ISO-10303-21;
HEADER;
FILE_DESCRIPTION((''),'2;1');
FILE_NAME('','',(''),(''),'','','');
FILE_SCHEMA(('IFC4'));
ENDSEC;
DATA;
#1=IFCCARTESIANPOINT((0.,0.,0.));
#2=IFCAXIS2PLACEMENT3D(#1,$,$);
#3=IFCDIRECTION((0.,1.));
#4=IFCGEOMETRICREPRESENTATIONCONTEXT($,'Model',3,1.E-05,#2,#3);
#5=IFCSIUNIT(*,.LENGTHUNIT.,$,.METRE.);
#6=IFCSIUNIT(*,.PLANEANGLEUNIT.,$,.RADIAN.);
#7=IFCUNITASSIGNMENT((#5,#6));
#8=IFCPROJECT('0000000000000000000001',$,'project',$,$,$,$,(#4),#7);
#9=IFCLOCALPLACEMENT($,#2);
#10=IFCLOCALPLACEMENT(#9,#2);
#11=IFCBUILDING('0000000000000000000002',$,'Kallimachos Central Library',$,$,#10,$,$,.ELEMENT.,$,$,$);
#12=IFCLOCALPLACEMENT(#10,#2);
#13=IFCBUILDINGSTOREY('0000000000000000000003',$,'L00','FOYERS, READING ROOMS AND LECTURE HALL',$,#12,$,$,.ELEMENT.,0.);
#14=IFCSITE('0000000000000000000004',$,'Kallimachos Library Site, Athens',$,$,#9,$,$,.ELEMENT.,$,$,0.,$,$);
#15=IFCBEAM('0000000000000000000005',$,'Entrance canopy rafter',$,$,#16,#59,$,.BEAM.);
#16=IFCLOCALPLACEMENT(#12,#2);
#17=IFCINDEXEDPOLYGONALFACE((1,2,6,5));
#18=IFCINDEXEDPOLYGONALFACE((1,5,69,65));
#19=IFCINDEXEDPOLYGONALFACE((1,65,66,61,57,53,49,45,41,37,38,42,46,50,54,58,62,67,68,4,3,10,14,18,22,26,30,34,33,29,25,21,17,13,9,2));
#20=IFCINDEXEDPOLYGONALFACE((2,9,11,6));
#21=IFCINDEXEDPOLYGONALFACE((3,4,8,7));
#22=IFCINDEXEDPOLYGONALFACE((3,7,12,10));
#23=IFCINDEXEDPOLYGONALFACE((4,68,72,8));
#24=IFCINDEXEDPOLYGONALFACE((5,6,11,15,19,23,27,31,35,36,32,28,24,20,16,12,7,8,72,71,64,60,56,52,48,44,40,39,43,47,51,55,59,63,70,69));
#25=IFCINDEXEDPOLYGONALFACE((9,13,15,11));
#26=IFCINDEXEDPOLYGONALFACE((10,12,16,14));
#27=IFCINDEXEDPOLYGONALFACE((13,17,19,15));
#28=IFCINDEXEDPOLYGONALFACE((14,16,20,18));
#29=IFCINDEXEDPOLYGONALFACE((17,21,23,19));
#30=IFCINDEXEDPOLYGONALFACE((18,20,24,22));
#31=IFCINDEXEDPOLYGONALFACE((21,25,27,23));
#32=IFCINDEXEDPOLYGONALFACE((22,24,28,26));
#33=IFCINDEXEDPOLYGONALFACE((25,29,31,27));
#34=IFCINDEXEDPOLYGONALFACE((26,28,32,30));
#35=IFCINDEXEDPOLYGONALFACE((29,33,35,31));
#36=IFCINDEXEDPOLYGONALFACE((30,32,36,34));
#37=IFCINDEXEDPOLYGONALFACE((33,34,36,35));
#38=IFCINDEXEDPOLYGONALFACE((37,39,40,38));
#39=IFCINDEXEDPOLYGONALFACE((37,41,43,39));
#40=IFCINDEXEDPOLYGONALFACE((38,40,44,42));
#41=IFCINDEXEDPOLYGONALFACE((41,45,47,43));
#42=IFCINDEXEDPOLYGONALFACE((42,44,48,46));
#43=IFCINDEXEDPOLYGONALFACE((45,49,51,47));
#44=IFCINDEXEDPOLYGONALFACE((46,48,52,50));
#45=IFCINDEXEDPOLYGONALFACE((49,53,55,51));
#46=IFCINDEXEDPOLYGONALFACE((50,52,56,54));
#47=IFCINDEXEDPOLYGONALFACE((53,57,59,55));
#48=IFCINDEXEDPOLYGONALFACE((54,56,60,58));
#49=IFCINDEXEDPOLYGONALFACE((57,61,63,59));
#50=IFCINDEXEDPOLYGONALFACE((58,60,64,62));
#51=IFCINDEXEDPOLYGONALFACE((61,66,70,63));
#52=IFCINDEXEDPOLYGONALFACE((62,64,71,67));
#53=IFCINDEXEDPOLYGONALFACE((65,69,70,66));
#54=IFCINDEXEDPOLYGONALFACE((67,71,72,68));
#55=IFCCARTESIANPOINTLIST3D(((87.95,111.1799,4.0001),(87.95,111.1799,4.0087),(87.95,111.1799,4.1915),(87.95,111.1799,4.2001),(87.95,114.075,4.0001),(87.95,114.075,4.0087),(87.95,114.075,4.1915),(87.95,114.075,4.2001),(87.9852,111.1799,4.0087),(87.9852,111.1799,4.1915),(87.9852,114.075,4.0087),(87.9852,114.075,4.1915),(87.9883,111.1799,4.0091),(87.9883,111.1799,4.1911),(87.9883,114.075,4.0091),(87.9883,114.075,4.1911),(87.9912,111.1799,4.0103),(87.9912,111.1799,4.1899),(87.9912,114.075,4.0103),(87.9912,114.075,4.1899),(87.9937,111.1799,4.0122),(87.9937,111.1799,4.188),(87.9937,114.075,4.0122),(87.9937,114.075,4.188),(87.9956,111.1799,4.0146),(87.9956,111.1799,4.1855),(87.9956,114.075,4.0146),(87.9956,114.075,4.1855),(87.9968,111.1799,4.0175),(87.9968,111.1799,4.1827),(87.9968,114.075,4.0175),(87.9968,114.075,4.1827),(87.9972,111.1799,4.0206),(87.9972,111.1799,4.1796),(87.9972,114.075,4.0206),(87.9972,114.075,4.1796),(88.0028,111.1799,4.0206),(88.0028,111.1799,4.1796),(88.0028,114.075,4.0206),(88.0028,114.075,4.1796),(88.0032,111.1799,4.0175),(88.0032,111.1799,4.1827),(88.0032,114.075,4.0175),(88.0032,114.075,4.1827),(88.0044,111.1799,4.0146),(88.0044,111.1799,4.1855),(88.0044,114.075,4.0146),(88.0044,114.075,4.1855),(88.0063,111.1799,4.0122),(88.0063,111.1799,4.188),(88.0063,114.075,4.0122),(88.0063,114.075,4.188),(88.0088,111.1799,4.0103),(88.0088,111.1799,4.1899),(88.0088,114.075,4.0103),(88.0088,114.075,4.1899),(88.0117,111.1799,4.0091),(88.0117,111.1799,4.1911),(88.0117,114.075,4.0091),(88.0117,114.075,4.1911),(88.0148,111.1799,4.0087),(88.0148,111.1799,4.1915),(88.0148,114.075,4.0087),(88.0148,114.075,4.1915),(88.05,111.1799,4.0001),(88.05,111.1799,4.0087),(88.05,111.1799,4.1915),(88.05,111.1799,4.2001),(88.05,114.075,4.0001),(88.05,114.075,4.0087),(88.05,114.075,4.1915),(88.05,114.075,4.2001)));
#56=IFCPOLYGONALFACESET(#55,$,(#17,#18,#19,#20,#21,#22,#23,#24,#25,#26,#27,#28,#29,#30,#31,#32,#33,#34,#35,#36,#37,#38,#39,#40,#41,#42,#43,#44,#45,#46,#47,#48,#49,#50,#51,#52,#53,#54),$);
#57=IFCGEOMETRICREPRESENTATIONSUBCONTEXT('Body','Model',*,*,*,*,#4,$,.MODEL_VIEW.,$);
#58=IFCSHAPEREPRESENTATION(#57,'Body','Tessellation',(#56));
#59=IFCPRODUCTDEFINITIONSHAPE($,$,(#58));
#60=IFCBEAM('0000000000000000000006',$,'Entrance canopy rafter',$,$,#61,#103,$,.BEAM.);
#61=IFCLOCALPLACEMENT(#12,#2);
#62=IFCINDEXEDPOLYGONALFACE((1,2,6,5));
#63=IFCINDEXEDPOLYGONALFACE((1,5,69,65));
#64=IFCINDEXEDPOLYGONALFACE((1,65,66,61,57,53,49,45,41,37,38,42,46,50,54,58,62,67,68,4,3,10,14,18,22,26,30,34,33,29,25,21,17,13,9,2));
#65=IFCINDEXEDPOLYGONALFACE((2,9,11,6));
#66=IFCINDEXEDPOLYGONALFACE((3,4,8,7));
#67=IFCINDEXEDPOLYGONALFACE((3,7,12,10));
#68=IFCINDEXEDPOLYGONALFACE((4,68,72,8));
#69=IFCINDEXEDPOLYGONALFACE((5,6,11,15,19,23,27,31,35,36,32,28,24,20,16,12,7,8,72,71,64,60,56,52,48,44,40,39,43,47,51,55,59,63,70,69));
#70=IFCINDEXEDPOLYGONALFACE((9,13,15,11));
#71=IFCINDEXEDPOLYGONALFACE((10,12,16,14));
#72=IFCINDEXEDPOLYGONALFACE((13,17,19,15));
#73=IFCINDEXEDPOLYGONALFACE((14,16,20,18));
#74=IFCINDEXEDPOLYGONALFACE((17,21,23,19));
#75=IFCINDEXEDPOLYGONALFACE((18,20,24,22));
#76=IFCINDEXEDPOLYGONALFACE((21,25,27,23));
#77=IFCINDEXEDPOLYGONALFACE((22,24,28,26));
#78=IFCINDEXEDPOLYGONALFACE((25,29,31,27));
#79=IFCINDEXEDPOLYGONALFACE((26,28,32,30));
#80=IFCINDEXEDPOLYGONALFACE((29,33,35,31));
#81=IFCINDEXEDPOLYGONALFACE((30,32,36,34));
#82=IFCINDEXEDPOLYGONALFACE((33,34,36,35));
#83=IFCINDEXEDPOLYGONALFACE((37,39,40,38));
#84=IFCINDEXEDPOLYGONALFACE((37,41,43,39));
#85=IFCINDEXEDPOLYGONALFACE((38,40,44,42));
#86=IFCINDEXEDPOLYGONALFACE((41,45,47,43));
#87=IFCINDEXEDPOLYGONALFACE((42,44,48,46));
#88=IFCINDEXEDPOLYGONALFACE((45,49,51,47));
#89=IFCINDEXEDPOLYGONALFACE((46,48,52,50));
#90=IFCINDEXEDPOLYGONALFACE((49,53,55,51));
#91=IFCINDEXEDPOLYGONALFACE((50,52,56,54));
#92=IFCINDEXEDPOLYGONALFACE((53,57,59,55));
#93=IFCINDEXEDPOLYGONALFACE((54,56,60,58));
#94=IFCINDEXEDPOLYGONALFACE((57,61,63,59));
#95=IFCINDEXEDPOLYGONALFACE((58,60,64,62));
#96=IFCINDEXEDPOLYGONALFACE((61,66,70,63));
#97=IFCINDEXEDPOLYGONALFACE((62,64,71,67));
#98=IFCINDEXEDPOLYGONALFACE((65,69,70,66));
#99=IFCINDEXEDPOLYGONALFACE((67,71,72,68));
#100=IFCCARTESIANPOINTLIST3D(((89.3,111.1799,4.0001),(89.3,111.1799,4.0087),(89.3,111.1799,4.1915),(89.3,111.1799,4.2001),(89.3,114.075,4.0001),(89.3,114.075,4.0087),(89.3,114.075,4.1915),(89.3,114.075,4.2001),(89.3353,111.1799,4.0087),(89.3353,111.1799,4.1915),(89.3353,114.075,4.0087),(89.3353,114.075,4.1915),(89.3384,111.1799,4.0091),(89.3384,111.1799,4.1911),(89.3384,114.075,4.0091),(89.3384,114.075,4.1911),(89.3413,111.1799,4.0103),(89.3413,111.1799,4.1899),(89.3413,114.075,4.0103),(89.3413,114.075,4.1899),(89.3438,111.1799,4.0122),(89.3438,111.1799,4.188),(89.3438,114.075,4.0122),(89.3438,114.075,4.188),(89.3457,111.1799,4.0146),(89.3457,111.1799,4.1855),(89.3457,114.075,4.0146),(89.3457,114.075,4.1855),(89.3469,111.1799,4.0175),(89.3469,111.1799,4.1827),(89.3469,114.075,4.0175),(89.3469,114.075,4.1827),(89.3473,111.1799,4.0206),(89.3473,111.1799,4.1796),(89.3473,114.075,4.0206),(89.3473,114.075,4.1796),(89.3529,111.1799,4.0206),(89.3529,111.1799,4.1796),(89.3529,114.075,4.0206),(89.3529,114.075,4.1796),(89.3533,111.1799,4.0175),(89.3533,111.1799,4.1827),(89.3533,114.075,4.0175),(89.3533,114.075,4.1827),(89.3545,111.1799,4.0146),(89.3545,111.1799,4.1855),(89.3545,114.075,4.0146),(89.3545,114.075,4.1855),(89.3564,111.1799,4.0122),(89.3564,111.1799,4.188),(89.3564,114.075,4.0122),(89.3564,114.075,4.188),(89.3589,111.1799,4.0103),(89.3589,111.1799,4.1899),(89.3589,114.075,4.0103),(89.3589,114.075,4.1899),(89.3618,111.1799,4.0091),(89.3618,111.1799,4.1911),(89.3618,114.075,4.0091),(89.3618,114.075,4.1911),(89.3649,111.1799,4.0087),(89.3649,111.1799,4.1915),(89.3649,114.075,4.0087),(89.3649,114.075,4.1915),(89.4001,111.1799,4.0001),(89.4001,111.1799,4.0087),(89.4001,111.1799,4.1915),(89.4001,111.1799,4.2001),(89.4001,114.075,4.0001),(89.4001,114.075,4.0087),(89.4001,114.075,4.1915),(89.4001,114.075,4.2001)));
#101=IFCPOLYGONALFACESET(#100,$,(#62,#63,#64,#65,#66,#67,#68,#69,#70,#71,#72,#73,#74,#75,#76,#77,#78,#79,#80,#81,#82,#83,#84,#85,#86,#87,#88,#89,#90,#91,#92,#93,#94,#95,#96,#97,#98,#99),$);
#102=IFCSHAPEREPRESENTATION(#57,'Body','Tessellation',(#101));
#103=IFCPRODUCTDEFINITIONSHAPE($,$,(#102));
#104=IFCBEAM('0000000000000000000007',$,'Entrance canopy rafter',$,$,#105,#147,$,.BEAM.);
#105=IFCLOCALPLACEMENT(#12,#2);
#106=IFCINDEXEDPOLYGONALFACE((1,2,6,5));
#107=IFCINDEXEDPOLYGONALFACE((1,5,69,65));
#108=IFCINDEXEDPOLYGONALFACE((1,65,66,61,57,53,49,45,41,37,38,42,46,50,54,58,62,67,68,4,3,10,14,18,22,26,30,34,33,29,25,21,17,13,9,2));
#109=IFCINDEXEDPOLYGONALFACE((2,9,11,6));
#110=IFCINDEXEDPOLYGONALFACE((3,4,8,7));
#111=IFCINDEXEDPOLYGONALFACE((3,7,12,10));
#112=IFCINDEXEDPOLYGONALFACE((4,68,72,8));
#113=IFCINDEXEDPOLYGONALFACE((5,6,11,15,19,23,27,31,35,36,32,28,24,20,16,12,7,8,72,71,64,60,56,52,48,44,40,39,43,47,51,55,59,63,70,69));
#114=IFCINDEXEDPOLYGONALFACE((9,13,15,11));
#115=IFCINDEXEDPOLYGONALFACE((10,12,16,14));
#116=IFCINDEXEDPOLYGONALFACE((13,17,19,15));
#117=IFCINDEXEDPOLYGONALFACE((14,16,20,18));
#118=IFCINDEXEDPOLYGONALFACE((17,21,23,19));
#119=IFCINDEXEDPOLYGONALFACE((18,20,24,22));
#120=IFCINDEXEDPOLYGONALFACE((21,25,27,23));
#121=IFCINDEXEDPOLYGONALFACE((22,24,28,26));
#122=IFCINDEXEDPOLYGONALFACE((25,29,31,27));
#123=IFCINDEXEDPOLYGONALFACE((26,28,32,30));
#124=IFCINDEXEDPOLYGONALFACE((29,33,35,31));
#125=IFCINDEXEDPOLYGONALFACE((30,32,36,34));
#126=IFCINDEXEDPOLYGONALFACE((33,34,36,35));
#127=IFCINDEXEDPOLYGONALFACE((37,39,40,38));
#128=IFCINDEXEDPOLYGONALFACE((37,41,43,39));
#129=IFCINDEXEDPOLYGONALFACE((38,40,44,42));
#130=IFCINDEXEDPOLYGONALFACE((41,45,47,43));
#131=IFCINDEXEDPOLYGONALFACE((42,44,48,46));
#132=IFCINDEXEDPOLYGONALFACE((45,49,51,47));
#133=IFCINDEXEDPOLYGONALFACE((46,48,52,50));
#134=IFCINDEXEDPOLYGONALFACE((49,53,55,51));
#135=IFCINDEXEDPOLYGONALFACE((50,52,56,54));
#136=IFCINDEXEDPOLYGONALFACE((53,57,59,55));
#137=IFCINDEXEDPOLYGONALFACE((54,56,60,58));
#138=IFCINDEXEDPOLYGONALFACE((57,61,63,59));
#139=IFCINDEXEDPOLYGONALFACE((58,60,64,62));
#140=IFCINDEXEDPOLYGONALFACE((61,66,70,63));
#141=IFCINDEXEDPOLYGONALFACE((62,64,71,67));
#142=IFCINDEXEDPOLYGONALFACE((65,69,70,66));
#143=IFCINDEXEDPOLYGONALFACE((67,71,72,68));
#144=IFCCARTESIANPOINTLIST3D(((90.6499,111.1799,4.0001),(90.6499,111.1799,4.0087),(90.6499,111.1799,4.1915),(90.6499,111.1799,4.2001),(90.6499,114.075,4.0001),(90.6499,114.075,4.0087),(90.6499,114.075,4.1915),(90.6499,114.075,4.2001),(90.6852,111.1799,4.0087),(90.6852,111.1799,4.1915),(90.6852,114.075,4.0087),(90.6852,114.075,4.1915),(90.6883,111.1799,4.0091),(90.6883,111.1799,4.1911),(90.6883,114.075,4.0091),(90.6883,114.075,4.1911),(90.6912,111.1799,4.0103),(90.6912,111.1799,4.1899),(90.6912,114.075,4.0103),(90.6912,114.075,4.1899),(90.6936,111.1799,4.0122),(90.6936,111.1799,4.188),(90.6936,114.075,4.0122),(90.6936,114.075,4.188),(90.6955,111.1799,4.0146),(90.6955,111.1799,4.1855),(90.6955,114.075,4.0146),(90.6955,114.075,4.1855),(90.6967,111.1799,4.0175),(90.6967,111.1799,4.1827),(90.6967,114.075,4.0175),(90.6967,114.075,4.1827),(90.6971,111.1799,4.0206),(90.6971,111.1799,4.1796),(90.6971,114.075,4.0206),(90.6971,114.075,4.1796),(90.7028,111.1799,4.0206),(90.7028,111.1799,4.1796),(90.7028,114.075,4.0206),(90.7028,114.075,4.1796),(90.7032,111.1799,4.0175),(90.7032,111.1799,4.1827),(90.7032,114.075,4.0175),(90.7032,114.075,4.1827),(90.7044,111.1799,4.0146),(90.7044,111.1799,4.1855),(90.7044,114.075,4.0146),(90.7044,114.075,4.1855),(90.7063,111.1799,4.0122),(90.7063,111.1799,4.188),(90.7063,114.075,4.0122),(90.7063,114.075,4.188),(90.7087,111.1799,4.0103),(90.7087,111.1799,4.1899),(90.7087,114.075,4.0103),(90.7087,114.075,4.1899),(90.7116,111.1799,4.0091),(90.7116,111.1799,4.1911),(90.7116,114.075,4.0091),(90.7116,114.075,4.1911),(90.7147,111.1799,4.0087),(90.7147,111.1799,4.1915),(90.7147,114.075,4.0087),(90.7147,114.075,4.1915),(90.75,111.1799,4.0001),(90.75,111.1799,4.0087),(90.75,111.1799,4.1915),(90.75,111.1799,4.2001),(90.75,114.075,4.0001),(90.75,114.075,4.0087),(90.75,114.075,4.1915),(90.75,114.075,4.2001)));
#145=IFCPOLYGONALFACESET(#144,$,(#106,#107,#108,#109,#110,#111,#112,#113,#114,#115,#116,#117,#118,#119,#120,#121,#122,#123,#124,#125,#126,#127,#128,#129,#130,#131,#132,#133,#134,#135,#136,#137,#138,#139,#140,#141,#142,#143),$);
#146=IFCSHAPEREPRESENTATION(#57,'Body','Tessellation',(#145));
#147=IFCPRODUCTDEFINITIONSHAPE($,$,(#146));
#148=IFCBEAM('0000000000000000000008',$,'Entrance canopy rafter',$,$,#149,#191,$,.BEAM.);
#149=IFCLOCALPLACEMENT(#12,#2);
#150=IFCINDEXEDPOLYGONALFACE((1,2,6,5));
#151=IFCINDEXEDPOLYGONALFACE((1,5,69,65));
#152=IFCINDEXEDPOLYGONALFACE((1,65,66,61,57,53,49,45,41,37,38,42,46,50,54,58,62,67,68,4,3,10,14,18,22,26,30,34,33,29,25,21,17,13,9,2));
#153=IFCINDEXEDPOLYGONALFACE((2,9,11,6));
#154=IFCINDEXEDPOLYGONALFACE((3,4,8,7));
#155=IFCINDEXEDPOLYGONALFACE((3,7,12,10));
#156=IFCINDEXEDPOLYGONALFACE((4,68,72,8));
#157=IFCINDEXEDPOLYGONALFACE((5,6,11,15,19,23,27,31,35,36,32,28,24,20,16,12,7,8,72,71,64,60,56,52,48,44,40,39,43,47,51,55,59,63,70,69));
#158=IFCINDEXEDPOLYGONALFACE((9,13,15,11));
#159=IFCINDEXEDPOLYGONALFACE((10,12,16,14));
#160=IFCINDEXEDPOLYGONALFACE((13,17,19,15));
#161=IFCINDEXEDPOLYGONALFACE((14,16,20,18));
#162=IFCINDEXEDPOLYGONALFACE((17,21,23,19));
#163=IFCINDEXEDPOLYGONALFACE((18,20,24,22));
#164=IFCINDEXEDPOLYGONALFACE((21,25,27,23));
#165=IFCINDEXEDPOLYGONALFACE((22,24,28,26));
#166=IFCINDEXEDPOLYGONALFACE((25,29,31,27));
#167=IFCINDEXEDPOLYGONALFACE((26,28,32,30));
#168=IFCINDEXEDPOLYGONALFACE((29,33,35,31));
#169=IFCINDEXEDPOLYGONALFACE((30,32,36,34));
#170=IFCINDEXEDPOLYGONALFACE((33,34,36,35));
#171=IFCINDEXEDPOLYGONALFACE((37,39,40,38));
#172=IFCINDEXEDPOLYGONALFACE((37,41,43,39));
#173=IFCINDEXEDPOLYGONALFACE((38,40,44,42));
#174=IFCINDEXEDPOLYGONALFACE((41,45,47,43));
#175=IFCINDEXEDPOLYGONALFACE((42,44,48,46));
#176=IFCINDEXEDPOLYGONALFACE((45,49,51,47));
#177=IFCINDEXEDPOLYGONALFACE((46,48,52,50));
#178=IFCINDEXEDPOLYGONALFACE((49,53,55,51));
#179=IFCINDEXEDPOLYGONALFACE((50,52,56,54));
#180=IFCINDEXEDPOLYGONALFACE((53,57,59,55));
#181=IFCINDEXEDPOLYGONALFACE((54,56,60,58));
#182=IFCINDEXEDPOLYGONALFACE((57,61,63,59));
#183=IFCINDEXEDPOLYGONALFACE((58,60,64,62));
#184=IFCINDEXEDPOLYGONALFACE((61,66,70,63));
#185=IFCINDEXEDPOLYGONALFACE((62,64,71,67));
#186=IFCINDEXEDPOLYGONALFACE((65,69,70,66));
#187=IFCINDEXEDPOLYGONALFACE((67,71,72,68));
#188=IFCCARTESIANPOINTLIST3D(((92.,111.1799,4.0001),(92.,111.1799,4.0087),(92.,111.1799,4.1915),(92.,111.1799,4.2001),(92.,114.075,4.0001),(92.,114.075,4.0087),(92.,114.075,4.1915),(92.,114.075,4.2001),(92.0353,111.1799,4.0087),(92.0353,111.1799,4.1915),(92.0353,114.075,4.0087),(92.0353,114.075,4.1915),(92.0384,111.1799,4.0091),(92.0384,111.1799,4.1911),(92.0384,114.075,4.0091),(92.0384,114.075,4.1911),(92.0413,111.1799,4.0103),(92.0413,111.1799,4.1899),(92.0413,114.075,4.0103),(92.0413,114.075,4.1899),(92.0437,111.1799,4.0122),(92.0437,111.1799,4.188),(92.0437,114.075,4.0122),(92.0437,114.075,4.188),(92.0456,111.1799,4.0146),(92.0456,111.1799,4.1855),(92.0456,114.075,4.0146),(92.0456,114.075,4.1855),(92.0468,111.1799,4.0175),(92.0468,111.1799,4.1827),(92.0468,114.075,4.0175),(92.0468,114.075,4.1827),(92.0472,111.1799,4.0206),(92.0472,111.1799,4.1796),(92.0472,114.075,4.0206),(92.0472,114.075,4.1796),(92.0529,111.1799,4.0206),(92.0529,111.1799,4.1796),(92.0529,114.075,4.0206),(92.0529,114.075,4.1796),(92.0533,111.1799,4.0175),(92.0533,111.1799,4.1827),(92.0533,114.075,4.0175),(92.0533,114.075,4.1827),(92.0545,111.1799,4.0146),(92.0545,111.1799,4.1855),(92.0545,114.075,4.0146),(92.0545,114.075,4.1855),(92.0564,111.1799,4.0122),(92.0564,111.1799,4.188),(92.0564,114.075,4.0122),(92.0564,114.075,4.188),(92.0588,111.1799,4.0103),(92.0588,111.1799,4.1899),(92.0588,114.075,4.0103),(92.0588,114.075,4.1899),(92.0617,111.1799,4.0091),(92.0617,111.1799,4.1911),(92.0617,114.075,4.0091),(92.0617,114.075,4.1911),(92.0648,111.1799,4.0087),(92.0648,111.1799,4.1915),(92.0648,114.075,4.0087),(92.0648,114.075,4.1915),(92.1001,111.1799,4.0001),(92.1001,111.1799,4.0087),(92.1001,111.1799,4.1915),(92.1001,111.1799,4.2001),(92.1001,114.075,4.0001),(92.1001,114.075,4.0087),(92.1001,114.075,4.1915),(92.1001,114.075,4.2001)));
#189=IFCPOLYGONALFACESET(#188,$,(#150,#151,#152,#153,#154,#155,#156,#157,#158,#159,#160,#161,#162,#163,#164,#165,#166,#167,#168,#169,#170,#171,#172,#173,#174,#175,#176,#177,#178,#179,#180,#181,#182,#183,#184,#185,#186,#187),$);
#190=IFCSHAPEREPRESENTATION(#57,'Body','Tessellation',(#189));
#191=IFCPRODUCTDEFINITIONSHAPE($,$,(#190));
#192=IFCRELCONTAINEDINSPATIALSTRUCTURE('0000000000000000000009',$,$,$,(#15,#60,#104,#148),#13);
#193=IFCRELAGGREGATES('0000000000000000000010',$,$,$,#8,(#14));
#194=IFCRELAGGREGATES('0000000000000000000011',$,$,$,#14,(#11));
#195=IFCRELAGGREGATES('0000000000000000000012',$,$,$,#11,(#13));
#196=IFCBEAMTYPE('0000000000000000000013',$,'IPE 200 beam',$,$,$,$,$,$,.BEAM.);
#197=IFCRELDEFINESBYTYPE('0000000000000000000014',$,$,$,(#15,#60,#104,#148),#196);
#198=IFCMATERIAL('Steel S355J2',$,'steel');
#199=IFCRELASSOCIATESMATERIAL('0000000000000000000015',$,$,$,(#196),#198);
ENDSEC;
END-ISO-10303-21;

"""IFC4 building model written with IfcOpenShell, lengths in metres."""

from ifc_helpers import new_model, si_unit, direction, frame, origin, origin_2d, place, context, subcontext, project, spatial, i_section, extrude, material, material_profile, profile_set, type_object, element, save


model = new_model("IFC4")

# Units and contexts
model_context = context("Model", 3, precision=1e-05, world=origin(), true_north=direction((0.0, 1.0)))
body_context = subcontext(model_context, "Body", "Model", "MODEL_VIEW")
ifc_project = project(units=[si_unit("LENGTHUNIT", "METRE"), si_unit("PLANEANGLEUNIT", "RADIAN")], contexts=[model_context])

# Site, building, storey
site_placement = place(None, origin())
site = spatial("IfcSite", under=ifc_project, at=site_placement, Name="Kallimachos Library Site, Athens", CompositionType="ELEMENT", RefElevation=0.0)
building_placement = place(site_placement, origin())
building = spatial("IfcBuilding", under=site, at=building_placement, Name="Kallimachos Central Library", CompositionType="ELEMENT")
storey_placement = place(building_placement, origin())
storey = spatial("IfcBuildingStorey", under=building, at=storey_placement, Name="L00", Description="FOYERS, READING ROOMS AND LECTURE HALL", CompositionType="ELEMENT", Elevation=0.0)

# Beams
ifc_material_1 = material(Name="Steel S355J2", Category="steel")
ifc_material_profile_1 = material_profile(ifc_material_1, i_section(OverallWidth=0.1001, OverallDepth=0.2, WebThickness=0.0056, FlangeThickness=0.0085, FilletRadius=0.012, at=origin_2d()), Name="IPE 200")
ifc_profile_set_1 = profile_set([ifc_material_profile_1], Name="Steel S355J2")
beam_type_1 = type_object("IfcBeamType", Name="IPE 200 beam", PredefinedType="BEAM", material=ifc_profile_set_1)
for number, where, z_axis, x_axis, name in (
    (1, (88.0, 111.1799, 4.1001), (0.0, 1.0, 0.0), (-1.0, 0.0, 0.0), "Entrance canopy rafter"),
    (2, (89.3501, 111.1799, 4.1001), (0.0, 1.0, 0.0), (-1.0, 0.0, 0.0), "Entrance canopy rafter"),
    (3, (90.7, 111.1799, 4.1001), (0.0, 1.0, 0.0), (-1.0, 0.0, 0.0), "Entrance canopy rafter"),
    (4, (92.05, 111.1799, 4.1001), (0.0, 1.0, 0.0), (-1.0, 0.0, 0.0), "Entrance canopy rafter"),
):
    element("IfcBeam", number, at=place(storey_placement, frame(where, z_axis=z_axis, x_axis=x_axis)), inside=storey, type_object=beam_type_1, Name=name, PredefinedType="BEAM", context=body_context, shape_type="SweptSolid", body=[
        extrude(i_section(OverallWidth=0.1001, OverallDepth=0.2, WebThickness=0.0056, FlangeThickness=0.0085, FilletRadius=0.012, at=origin_2d()), origin(), (0.0, 0.0, 1.0), 2.895),
    ])

save(model, "model.ifc")
